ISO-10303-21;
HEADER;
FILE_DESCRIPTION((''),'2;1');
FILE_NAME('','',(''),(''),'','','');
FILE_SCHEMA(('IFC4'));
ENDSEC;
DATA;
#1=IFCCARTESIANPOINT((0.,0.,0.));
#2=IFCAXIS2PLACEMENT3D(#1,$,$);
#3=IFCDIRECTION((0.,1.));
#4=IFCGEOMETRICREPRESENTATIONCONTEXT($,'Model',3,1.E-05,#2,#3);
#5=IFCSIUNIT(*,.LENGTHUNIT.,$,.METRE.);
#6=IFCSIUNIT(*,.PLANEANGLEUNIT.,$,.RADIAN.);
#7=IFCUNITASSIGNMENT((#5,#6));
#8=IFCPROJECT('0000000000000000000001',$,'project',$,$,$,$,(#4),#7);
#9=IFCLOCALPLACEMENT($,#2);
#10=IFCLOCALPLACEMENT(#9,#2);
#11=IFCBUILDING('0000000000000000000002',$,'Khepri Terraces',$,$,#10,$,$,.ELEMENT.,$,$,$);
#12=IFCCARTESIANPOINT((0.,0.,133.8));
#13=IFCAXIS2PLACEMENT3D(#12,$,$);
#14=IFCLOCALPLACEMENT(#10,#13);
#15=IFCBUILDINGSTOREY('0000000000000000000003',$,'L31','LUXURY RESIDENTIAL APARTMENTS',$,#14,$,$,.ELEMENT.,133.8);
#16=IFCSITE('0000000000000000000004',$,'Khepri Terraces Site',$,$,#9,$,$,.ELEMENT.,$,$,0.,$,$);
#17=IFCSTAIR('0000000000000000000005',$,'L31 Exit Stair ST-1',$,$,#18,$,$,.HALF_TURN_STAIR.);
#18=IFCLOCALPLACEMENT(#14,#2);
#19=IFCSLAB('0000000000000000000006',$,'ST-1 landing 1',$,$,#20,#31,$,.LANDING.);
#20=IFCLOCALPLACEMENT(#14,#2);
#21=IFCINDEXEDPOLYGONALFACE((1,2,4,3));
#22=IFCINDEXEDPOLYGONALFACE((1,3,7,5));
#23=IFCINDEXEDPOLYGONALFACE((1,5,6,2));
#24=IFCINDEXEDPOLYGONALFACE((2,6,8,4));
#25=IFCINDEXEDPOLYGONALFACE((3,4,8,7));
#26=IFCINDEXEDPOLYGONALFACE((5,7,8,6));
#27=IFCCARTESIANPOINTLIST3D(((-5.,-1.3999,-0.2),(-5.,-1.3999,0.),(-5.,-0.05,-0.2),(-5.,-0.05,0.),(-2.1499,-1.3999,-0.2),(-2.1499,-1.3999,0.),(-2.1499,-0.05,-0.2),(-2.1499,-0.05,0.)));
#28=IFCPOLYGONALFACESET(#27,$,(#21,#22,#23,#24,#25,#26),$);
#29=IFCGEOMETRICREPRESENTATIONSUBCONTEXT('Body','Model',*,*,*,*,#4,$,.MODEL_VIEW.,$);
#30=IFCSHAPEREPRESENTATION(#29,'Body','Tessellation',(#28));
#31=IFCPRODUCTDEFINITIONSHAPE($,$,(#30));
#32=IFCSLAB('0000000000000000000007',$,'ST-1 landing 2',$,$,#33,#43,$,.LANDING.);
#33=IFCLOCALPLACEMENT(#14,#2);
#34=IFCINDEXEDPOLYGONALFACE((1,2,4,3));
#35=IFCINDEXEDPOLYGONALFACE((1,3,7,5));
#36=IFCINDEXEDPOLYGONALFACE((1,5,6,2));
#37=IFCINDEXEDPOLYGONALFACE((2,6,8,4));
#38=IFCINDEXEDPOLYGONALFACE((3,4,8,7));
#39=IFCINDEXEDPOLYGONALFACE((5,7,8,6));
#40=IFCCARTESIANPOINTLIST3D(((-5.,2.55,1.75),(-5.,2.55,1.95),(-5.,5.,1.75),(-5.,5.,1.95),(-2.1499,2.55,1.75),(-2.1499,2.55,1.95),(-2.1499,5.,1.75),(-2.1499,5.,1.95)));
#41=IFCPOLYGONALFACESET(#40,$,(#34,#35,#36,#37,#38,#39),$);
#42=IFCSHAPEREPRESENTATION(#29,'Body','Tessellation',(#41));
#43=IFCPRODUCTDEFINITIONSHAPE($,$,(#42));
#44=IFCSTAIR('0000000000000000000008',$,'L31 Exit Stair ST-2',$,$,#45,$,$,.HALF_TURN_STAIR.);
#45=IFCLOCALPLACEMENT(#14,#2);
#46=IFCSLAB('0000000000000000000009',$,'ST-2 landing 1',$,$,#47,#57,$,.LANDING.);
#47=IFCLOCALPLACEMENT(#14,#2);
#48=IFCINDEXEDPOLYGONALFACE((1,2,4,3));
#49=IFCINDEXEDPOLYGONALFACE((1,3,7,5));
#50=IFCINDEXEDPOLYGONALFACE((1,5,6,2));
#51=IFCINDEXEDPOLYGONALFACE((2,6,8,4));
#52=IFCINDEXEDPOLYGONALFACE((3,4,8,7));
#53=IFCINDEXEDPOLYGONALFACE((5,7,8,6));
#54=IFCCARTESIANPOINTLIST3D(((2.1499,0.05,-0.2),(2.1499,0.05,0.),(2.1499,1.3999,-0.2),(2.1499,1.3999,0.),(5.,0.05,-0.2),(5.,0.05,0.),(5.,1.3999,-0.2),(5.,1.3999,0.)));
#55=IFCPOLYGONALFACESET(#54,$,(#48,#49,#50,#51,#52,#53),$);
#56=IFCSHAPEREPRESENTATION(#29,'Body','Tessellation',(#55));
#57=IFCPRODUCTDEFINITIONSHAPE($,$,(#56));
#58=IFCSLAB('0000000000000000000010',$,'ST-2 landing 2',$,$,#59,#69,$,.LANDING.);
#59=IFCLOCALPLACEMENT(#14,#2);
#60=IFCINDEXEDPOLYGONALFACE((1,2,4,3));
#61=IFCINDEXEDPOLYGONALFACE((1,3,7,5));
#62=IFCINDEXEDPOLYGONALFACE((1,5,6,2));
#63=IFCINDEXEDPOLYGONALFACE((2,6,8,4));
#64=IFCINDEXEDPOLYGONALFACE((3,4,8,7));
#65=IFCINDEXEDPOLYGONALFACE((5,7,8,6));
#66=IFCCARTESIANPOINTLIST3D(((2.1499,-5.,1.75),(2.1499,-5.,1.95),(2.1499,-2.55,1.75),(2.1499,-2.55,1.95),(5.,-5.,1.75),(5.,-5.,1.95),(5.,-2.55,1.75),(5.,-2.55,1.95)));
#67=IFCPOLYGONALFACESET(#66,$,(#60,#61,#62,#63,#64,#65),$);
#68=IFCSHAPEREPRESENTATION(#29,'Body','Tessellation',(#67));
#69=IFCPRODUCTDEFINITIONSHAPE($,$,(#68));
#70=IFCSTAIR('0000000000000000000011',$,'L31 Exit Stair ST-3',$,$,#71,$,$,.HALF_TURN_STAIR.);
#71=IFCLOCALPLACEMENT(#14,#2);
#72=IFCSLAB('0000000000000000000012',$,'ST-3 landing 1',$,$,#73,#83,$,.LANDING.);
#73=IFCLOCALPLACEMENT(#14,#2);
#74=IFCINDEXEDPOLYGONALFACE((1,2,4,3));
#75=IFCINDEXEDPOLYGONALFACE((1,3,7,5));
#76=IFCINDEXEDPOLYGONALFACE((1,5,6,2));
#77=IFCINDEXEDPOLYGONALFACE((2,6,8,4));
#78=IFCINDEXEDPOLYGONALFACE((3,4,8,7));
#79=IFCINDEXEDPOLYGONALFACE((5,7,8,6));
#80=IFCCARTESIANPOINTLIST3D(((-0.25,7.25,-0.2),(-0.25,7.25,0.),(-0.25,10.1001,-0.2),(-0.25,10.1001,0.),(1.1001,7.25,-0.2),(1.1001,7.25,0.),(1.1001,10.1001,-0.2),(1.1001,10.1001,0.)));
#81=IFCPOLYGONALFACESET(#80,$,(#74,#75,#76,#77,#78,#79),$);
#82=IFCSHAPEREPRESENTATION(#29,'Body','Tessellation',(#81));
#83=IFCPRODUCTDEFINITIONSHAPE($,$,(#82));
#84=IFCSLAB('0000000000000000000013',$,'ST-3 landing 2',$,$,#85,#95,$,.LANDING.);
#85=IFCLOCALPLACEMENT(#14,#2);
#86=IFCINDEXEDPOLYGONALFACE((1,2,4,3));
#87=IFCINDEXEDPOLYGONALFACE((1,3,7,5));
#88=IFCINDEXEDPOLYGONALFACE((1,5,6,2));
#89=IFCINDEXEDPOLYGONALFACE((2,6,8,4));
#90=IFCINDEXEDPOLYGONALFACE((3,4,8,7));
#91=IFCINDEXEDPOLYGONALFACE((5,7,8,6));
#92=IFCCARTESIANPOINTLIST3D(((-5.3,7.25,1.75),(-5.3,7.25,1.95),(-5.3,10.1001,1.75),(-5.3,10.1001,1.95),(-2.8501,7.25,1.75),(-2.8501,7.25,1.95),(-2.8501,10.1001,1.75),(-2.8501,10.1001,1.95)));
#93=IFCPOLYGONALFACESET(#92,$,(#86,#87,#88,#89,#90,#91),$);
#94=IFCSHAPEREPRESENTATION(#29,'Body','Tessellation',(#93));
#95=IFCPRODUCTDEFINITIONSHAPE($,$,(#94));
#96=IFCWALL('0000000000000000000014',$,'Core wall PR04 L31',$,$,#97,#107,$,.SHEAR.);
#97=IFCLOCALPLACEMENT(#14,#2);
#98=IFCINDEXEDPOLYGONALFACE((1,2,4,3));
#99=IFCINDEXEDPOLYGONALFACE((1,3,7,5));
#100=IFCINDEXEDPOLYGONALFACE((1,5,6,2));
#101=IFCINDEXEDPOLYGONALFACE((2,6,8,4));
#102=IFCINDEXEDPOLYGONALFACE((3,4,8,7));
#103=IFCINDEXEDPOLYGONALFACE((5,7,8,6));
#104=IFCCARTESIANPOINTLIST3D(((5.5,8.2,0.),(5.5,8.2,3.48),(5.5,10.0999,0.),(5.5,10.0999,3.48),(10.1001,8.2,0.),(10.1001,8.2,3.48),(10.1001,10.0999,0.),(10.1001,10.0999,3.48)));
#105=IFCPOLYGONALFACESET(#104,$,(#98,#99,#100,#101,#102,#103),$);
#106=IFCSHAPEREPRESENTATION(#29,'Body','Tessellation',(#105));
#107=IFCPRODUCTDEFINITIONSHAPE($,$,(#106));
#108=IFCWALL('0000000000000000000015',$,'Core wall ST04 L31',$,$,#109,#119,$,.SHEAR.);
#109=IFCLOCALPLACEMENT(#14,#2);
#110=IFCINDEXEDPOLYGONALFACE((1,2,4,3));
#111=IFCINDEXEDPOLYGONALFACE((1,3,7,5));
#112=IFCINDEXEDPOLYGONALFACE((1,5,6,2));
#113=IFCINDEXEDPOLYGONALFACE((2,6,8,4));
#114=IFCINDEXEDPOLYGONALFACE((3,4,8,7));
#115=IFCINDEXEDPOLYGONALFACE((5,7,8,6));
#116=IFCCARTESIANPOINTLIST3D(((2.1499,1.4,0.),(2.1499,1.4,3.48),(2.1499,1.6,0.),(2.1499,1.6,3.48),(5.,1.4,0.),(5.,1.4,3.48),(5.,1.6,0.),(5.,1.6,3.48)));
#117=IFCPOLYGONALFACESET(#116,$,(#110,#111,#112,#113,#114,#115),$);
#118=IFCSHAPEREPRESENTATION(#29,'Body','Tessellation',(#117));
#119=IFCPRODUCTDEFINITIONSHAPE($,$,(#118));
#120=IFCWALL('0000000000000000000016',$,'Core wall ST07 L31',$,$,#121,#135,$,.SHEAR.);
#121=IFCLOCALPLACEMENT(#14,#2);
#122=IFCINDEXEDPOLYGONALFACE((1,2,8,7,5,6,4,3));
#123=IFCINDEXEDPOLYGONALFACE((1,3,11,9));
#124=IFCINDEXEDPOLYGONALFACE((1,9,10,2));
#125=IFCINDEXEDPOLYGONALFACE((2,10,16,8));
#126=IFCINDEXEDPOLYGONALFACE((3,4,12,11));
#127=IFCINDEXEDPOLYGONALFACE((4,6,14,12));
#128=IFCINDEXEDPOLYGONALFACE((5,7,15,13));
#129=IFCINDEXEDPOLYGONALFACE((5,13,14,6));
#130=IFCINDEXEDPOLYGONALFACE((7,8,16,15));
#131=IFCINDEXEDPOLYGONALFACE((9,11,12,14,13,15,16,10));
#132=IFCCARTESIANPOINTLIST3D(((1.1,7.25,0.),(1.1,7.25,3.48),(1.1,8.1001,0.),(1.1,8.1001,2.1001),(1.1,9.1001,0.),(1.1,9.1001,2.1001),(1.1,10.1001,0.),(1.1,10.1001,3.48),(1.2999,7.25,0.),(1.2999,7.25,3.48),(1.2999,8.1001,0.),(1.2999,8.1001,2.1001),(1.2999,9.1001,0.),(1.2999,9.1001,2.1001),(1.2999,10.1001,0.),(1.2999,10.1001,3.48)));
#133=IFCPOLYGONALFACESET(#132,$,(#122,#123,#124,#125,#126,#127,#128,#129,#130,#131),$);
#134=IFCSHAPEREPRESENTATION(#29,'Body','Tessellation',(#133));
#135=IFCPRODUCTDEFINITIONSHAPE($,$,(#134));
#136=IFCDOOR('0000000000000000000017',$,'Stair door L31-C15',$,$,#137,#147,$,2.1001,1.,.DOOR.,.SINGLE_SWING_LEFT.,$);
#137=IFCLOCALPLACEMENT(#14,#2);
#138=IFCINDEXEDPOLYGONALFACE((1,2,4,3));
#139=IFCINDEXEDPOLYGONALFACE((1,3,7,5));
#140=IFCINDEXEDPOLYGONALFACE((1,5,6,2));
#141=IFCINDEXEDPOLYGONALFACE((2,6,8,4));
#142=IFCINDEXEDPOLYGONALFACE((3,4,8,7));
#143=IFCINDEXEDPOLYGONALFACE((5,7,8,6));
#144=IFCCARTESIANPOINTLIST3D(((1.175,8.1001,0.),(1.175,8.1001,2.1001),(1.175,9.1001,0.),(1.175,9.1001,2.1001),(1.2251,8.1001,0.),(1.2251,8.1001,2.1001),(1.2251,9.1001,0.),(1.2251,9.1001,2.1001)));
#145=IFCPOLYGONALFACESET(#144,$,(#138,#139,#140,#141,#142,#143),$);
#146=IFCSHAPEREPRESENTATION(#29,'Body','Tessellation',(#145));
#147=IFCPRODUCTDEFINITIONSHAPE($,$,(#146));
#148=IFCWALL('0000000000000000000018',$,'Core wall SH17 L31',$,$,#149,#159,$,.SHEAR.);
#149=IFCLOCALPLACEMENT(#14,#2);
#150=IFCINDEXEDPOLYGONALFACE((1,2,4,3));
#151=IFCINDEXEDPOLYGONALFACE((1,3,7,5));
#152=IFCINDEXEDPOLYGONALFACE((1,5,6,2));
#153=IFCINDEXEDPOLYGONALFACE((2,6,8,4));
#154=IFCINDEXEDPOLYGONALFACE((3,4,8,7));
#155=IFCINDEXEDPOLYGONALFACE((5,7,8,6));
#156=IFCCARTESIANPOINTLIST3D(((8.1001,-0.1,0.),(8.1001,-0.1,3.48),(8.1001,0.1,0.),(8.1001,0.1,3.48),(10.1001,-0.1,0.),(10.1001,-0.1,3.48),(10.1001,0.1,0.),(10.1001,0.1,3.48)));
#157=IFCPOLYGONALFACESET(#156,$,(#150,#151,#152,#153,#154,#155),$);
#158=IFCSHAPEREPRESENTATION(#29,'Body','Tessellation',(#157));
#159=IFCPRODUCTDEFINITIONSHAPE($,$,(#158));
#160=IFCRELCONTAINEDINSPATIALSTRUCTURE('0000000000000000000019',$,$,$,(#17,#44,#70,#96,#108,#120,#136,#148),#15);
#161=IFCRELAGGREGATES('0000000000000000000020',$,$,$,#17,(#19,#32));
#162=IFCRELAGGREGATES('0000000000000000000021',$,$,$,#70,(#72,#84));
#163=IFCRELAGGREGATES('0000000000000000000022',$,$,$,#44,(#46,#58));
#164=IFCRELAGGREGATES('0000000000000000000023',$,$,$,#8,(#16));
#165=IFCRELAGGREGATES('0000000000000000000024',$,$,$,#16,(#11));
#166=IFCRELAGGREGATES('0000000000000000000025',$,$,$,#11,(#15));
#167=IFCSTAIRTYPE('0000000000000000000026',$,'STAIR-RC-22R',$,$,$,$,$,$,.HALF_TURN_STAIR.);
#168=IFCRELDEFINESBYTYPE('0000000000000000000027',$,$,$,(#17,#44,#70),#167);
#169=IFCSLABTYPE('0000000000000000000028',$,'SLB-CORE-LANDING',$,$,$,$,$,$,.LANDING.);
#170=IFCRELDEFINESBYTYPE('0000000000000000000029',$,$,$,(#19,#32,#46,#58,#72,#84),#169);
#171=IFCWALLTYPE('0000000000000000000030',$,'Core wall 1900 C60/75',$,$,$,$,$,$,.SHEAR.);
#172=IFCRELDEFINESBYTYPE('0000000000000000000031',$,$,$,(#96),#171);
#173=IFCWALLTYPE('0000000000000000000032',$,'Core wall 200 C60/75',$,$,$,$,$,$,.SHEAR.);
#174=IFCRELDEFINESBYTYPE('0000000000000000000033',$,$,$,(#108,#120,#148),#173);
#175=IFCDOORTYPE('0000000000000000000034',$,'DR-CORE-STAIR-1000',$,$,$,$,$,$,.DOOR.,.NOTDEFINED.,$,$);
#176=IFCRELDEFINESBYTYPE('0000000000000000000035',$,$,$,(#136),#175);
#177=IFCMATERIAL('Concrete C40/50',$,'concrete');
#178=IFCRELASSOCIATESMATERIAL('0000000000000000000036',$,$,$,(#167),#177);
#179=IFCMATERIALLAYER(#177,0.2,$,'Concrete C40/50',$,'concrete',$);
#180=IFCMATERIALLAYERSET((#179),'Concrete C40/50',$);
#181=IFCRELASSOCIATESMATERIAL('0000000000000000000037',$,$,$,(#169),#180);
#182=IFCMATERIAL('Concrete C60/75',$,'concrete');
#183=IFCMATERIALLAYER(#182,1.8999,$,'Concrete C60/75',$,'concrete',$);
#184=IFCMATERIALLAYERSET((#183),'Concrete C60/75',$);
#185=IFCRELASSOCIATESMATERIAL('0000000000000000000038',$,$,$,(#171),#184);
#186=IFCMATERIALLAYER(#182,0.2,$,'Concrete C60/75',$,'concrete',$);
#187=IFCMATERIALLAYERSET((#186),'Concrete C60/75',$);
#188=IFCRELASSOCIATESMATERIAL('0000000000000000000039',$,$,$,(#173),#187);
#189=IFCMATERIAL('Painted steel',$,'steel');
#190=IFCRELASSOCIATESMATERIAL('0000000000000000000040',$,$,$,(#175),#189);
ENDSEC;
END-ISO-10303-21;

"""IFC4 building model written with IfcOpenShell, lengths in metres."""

from ifc_helpers import new_model, si_unit, direction, frame, frame_2d, origin, place, context, subcontext, project, spatial, polyline, rectangle, outline, extrude, material, layer, layer_set, type_object, element, fill, aggregate, save


model = new_model("IFC4")

# Units and contexts
model_context = context("Model", 3, precision=1e-05, world=origin(), true_north=direction((0.0, 1.0)))
body_context = subcontext(model_context, "Body", "Model", "MODEL_VIEW")
ifc_project = project(units=[si_unit("LENGTHUNIT", "METRE"), si_unit("PLANEANGLEUNIT", "RADIAN")], contexts=[model_context])

# Site, building, storey
site_placement = place(None, origin())
site = spatial("IfcSite", under=ifc_project, at=site_placement, Name="Khepri Terraces Site", CompositionType="ELEMENT", RefElevation=0.0)
building_placement = place(site_placement, origin())
building = spatial("IfcBuilding", under=site, at=building_placement, Name="Khepri Terraces", CompositionType="ELEMENT")
storey_placement = place(building_placement, frame((0.0, 0.0, 133.8)))
storey = spatial("IfcBuildingStorey", under=building, at=storey_placement, Name="L31", Description="LUXURY RESIDENTIAL APARTMENTS", CompositionType="ELEMENT", Elevation=133.8)

# Stairs, slabs
ifc_material_1 = material(Name="Concrete C40/50", Category="concrete")
stair_type = type_object("IfcStairType", Name="STAIR-RC-22R", PredefinedType="HALF_TURN_STAIR", material=ifc_material_1)
stair_1_placement = place(storey_placement, origin())
stair_1 = element("IfcStair", 1, at=stair_1_placement, inside=storey, type_object=stair_type, Name="L31 Exit Stair ST-1", PredefinedType="HALF_TURN_STAIR")
ifc_layer_1 = layer(ifc_material_1, 0.2, Name="Concrete C40/50", Category="concrete")
ifc_layer_set_1 = layer_set([ifc_layer_1], Name="Concrete C40/50")
slab_type = type_object("IfcSlabType", Name="SLB-CORE-LANDING", PredefinedType="LANDING", material=ifc_layer_set_1)
slab_1_placement = place(storey_placement, frame((0.0, 0.0, -0.2)))
slab_1 = element("IfcSlab", 2, at=slab_1_placement, type_object=slab_type, Name="ST-1 landing 1", PredefinedType="LANDING", context=body_context, shape_type="SweptSolid", body=[
    extrude(outline(polyline([(-2.1499, -1.3999), (-2.1499, -0.05), (-5.0, -0.05), (-5.0, -1.3999), (-2.1499, -1.3999)])), origin(), (0.0, 0.0, 1.0), 0.2),
])
slab_2_placement = place(storey_placement, frame((0.0, 0.0, 1.75)))
slab_2 = element("IfcSlab", 3, at=slab_2_placement, type_object=slab_type, Name="ST-1 landing 2", PredefinedType="LANDING", context=body_context, shape_type="SweptSolid", body=[
    extrude(outline(polyline([(-2.1499, 2.55), (-2.1499, 5.0), (-5.0, 5.0), (-5.0, 2.55), (-2.1499, 2.55)])), origin(), (0.0, 0.0, 1.0), 0.2),
])
aggregate(stair_1, [slab_1, slab_2])
stair_2_placement = place(storey_placement, origin())
stair_2 = element("IfcStair", 4, at=stair_2_placement, inside=storey, type_object=stair_type, Name="L31 Exit Stair ST-2", PredefinedType="HALF_TURN_STAIR")
slab_3_placement = place(storey_placement, frame((0.0, 0.0, -0.2)))
slab_3 = element("IfcSlab", 5, at=slab_3_placement, type_object=slab_type, Name="ST-2 landing 1", PredefinedType="LANDING", context=body_context, shape_type="SweptSolid", body=[
    extrude(outline(polyline([(2.1499, 1.3999), (2.1499, 0.05), (5.0, 0.05), (5.0, 1.3999), (2.1499, 1.3999)])), origin(), (0.0, 0.0, 1.0), 0.2),
])
slab_4_placement = place(storey_placement, frame((0.0, 0.0, 1.75)))
slab_4 = element("IfcSlab", 6, at=slab_4_placement, type_object=slab_type, Name="ST-2 landing 2", PredefinedType="LANDING", context=body_context, shape_type="SweptSolid", body=[
    extrude(outline(polyline([(2.1499, -2.55), (2.1499, -5.0), (5.0, -5.0), (5.0, -2.55), (2.1499, -2.55)])), origin(), (0.0, 0.0, 1.0), 0.2),
])
stair_3_placement = place(storey_placement, origin())
stair_3 = element("IfcStair", 7, at=stair_3_placement, inside=storey, type_object=stair_type, Name="L31 Exit Stair ST-3", PredefinedType="HALF_TURN_STAIR")
slab_5_placement = place(storey_placement, frame((0.0, 0.0, -0.2)))
slab_5 = element("IfcSlab", 8, at=slab_5_placement, type_object=slab_type, Name="ST-3 landing 1", PredefinedType="LANDING", context=body_context, shape_type="SweptSolid", body=[
    extrude(outline(polyline([(1.1001, 10.1001), (-0.25, 10.1001), (-0.25, 7.25), (1.1001, 7.25), (1.1001, 10.1001)])), origin(), (0.0, 0.0, 1.0), 0.2),
])
slab_6_placement = place(storey_placement, frame((0.0, 0.0, 1.75)))
slab_6 = element("IfcSlab", 9, at=slab_6_placement, type_object=slab_type, Name="ST-3 landing 2", PredefinedType="LANDING", context=body_context, shape_type="SweptSolid", body=[
    extrude(outline(polyline([(-2.8501, 10.1001), (-5.3, 10.1001), (-5.3, 7.25), (-2.8501, 7.25), (-2.8501, 10.1001)])), origin(), (0.0, 0.0, 1.0), 0.2),
])
aggregate(stair_3, [slab_5, slab_6])

# Walls
ifc_material_2 = material(Name="Concrete C60/75", Category="concrete")
ifc_layer_2 = layer(ifc_material_2, 1.8999, Name="Concrete C60/75", Category="concrete")
ifc_layer_set_2 = layer_set([ifc_layer_2], Name="Concrete C60/75")
wall_type_1 = type_object("IfcWallType", Name="Core wall 1900 C60/75", PredefinedType="SHEAR", material=ifc_layer_set_2)
wall_1_placement = place(storey_placement, frame((5.5, 9.1499, 0.0), z_axis=(0.0, 0.0, 1.0), x_axis=(1.0, 0.0, 0.0)))
element("IfcWall", 10, at=wall_1_placement, inside=storey, type_object=wall_type_1, Name="Core wall PR04 L31", PredefinedType="SHEAR", context=body_context, shape_type="SweptSolid", body=[
    extrude(rectangle(XDim=4.6001, YDim=1.8999, at=frame_2d((2.3, 0.0))), origin(), (0.0, 0.0, 1.0), 3.48),
])
ifc_layer_3 = layer(ifc_material_2, 0.2, Name="Concrete C60/75", Category="concrete")
ifc_layer_set_3 = layer_set([ifc_layer_3], Name="Concrete C60/75")
wall_type_2 = type_object("IfcWallType", Name="Core wall 200 C60/75", PredefinedType="SHEAR", material=ifc_layer_set_3)
wall_2_placement = place(storey_placement, frame((2.1499, 1.5, 0.0), z_axis=(0.0, 0.0, 1.0), x_axis=(1.0, 0.0, 0.0)))
element("IfcWall", 11, at=wall_2_placement, inside=storey, type_object=wall_type_2, Name="Core wall ST04 L31", PredefinedType="SHEAR", context=body_context, shape_type="SweptSolid", body=[
    extrude(rectangle(XDim=2.8501, YDim=0.2, at=frame_2d((1.425, 0.0))), origin(), (0.0, 0.0, 1.0), 3.48),
])

# Wall, opening, door
wall_3_placement = place(storey_placement, frame((1.2, 7.25, 0.0), z_axis=(0.0, 0.0, 1.0), x_axis=(0.0, 1.0, 0.0)))
wall_3 = element("IfcWall", 12, at=wall_3_placement, inside=storey, type_object=wall_type_2, Name="Core wall ST07 L31", PredefinedType="SHEAR", context=body_context, shape_type="SweptSolid", body=[
    extrude(rectangle(XDim=2.8501, YDim=0.2, at=frame_2d((1.425, 0.0))), origin(), (0.0, 0.0, 1.0), 3.48),
])
opening_1_placement = place(wall_3_placement, frame((0.8501, 0.0, 0.0)))
opening_1 = element("IfcOpeningElement", 13, at=opening_1_placement, cuts=wall_3, PredefinedType="OPENING", context=body_context, shape_type="SweptSolid", body=[
    extrude(rectangle(XDim=1.0, YDim=2.1001, at=frame_2d((0.5, 1.05))), frame((0.0, 0.1099, 0.0), z_axis=(0.0, -1.0, 0.0), x_axis=(1.0, 0.0, 0.0)), (0.0, 0.0, 1.0), 0.22),
])
ifc_material_3 = material(Name="Painted steel", Category="steel")
door_type_1 = type_object("IfcDoorType", Name="DR-CORE-STAIR-1000", OperationType="NOTDEFINED", PredefinedType="DOOR", material=ifc_material_3)
door_1_placement = place(opening_1_placement, origin())
door_1 = element("IfcDoor", 14, at=door_1_placement, inside=storey, type_object=door_type_1, Name="Stair door L31-C15", OperationType="SINGLE_SWING_LEFT", OverallHeight=2.1001, OverallWidth=1.0, PredefinedType="DOOR", context=body_context, shape_type="SweptSolid", body=[
    extrude(rectangle(XDim=1.0, YDim=2.1001, at=frame_2d((0.5, 1.05))), frame((0.0, 0.0249, 0.0), z_axis=(0.0, -1.0, 0.0), x_axis=(1.0, 0.0, 0.0)), (0.0, 0.0, 1.0), 0.05),
])
fill(opening_1, door_1)

# Wall
wall_4_placement = place(storey_placement, frame((8.1001, 0.0, 0.0), z_axis=(0.0, 0.0, 1.0), x_axis=(1.0, 0.0, 0.0)))
element("IfcWall", 15, at=wall_4_placement, inside=storey, type_object=wall_type_2, Name="Core wall SH17 L31", PredefinedType="SHEAR", context=body_context, shape_type="SweptSolid", body=[
    extrude(rectangle(XDim=2.0, YDim=0.2, at=frame_2d((1.0, 0.0))), origin(), (0.0, 0.0, 1.0), 3.48),
])

aggregate(stair_2, [slab_3, slab_4])

save(model, "model.ifc")
